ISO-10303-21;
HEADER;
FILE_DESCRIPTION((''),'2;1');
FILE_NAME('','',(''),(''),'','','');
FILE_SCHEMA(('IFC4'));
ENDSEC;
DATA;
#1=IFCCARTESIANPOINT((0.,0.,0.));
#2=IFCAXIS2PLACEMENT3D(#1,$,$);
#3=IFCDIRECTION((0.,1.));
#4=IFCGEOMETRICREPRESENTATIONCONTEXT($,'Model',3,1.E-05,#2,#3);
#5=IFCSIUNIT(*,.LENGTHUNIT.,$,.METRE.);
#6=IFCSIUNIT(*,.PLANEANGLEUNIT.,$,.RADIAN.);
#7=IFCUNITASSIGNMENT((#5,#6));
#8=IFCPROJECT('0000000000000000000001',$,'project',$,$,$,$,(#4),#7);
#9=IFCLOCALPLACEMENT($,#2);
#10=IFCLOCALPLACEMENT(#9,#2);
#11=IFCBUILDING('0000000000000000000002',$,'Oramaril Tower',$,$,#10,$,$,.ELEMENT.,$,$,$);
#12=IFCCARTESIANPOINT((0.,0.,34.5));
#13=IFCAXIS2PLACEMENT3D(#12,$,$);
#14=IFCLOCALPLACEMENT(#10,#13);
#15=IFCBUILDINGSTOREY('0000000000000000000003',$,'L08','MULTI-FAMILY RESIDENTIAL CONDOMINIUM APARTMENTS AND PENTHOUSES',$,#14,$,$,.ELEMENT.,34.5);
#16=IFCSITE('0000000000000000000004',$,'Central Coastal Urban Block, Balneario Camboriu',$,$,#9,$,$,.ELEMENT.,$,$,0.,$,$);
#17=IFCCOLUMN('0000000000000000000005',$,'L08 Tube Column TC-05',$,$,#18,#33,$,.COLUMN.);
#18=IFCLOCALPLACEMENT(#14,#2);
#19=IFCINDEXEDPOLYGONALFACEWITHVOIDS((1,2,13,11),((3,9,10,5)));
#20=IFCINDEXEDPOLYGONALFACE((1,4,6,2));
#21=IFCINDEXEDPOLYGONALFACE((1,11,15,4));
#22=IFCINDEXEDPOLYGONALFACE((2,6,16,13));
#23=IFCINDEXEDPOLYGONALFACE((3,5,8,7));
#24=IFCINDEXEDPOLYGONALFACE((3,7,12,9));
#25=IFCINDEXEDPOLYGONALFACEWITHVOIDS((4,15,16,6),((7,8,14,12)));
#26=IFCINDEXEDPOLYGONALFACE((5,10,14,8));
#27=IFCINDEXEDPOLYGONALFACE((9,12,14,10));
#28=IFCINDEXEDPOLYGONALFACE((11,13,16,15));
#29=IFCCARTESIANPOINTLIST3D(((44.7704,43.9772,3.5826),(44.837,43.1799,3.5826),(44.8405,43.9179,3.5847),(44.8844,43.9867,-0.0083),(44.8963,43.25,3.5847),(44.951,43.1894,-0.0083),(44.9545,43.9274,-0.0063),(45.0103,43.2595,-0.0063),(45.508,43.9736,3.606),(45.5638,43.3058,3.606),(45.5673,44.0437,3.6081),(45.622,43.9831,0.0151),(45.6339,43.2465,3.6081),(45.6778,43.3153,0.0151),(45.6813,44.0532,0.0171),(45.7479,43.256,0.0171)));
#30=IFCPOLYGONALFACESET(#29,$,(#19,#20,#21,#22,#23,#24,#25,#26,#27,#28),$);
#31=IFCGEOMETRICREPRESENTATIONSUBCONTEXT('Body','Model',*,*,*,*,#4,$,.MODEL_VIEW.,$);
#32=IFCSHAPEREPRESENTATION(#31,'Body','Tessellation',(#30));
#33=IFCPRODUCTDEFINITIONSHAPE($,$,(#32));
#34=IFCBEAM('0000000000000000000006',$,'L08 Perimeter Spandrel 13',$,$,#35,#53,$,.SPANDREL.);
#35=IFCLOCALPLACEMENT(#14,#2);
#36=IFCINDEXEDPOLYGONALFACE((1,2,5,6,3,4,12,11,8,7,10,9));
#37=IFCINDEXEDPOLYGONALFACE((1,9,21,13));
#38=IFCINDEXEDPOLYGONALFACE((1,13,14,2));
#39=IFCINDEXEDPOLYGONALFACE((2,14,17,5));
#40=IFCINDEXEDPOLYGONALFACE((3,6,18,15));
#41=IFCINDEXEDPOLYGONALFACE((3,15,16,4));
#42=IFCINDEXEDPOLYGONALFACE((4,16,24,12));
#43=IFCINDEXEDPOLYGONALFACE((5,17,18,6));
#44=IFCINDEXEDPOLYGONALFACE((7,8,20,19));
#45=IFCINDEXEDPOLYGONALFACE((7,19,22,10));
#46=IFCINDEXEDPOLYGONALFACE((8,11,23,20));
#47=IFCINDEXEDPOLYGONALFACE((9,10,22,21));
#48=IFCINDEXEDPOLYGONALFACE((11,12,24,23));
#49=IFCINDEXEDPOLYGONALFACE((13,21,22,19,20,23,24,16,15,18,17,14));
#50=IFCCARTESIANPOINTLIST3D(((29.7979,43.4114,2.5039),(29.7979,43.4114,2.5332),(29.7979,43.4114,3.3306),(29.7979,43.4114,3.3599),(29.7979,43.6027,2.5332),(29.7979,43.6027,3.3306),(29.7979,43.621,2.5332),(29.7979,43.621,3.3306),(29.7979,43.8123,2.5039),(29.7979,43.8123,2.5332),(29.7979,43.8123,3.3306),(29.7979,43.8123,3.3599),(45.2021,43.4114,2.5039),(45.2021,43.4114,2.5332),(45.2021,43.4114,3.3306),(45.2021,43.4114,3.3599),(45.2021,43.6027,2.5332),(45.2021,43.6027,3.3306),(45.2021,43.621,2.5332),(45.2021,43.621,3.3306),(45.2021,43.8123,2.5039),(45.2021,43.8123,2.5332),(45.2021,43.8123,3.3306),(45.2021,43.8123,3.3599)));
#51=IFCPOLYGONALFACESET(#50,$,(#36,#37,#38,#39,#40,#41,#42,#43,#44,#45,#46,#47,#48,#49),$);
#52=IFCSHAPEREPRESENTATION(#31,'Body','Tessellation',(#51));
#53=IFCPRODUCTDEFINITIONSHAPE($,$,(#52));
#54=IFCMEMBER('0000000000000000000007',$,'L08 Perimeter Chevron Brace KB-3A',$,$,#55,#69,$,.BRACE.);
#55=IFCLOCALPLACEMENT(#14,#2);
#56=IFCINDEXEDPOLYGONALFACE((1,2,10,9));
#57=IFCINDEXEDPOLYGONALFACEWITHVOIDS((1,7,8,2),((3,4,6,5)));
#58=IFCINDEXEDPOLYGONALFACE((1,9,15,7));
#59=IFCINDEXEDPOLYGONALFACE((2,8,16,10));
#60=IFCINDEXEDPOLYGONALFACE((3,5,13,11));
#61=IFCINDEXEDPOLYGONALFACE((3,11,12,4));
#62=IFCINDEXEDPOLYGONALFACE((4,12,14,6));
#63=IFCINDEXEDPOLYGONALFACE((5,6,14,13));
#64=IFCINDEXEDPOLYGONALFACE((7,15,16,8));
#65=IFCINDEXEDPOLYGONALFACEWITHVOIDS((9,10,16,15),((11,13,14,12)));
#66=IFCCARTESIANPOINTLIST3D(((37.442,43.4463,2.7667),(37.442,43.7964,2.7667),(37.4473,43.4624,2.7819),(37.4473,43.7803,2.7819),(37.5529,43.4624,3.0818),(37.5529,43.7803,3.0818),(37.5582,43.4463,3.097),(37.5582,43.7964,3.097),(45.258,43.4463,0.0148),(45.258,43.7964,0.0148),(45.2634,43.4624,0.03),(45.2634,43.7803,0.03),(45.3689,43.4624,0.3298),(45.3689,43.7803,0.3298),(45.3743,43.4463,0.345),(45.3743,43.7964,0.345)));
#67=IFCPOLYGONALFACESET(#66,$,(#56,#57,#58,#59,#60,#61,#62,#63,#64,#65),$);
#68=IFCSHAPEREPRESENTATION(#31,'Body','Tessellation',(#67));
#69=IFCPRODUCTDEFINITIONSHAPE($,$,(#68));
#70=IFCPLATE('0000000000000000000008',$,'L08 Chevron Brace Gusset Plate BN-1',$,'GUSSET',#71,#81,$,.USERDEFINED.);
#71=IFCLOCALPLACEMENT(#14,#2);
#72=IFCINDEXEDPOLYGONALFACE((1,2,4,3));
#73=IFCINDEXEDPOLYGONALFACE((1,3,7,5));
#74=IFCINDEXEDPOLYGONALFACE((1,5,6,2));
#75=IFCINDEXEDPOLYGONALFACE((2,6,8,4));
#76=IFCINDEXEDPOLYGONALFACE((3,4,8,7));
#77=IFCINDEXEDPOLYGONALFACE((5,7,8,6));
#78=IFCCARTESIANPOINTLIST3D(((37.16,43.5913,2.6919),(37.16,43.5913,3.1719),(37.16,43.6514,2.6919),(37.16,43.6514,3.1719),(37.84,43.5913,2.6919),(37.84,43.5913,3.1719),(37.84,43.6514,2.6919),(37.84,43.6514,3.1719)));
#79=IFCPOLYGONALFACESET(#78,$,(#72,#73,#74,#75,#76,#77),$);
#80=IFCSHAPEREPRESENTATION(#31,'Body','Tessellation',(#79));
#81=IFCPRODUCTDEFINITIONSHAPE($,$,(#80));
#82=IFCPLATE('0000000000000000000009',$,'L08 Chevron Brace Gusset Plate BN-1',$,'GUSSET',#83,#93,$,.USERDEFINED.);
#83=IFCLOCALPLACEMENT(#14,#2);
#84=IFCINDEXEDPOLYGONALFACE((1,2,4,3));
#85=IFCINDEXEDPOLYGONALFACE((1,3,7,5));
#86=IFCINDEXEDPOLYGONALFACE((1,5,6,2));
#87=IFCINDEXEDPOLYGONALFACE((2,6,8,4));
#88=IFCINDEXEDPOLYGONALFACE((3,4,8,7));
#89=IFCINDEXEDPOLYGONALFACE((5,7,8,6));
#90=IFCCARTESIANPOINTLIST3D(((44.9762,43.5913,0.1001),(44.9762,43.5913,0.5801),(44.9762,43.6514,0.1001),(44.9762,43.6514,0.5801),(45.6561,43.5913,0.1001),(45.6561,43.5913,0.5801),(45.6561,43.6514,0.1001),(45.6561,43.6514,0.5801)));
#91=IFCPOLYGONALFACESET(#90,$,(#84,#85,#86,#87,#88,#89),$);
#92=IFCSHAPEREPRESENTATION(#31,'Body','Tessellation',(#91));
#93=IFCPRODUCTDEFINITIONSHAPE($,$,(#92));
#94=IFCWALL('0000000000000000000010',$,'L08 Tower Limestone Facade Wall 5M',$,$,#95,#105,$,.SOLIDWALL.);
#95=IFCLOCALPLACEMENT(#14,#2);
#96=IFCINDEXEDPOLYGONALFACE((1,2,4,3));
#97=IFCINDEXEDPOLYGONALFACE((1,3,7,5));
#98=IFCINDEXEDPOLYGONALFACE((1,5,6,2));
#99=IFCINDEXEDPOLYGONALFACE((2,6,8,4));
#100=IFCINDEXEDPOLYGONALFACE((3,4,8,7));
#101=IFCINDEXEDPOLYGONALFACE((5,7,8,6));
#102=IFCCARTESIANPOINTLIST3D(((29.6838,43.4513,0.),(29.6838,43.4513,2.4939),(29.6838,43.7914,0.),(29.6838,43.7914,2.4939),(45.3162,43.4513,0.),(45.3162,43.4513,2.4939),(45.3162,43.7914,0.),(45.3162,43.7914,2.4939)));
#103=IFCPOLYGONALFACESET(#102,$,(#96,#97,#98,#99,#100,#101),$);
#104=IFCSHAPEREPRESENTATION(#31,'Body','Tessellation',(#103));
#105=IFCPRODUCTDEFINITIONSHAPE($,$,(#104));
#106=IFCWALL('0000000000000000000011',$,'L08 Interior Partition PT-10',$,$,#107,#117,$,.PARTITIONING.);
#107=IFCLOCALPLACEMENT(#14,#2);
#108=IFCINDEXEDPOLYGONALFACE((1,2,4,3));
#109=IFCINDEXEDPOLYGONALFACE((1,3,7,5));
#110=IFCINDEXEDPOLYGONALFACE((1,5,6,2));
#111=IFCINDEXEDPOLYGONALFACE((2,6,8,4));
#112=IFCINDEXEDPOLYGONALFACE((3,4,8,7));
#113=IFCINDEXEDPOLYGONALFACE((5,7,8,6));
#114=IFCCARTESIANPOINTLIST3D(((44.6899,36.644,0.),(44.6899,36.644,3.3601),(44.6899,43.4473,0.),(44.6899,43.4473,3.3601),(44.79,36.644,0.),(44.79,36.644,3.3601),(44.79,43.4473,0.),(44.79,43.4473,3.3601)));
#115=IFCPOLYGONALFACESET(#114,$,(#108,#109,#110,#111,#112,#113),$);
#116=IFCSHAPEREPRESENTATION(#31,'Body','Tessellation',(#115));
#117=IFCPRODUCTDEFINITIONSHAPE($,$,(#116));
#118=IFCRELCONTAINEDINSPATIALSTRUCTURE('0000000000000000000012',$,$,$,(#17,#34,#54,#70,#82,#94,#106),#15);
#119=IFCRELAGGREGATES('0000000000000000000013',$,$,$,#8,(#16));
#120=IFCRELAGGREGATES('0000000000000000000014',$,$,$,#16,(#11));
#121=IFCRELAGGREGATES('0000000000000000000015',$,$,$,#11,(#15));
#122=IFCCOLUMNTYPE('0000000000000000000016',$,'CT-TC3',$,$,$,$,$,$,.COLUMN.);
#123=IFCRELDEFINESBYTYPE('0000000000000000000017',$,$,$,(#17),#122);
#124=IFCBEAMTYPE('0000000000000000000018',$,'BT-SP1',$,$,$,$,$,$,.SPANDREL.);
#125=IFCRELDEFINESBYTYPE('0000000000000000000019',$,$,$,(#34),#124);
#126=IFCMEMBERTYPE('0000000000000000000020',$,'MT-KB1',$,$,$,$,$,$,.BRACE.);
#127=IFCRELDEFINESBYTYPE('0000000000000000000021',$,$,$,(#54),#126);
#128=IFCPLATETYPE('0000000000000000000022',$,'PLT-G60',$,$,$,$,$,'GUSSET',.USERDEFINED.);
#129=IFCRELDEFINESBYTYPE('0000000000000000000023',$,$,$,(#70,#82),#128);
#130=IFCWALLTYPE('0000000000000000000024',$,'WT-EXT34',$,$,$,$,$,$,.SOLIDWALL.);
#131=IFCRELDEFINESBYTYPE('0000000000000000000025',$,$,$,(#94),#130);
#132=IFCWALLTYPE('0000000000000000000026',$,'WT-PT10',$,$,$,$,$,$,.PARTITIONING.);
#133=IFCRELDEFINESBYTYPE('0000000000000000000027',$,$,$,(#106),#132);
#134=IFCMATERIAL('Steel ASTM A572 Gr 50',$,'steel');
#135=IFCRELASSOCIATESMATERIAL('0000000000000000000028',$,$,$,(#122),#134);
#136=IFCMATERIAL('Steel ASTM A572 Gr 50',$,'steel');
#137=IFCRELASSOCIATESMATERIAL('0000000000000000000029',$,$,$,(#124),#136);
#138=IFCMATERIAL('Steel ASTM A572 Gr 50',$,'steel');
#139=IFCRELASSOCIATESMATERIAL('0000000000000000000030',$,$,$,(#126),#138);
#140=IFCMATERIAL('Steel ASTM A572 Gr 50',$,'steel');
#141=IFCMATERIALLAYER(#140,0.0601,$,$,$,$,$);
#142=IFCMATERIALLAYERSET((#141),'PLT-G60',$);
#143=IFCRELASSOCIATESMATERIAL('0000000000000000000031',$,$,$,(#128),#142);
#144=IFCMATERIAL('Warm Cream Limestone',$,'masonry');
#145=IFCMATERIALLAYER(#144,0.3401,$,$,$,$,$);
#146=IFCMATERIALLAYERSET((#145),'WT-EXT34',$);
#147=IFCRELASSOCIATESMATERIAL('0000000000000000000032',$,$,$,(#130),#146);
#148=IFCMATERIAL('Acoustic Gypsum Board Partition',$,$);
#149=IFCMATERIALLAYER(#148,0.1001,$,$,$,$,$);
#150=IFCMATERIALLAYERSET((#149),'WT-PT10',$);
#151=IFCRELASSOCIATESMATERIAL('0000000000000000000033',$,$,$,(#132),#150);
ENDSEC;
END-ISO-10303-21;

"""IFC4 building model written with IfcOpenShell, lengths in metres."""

from ifc_helpers import new_model, si_unit, direction, frame, frame_2d, origin, origin_2d, place, context, subcontext, project, spatial, rectangle, hollow_rectangle, i_section, extrude, material, layer, layer_set, material_profile, profile_set, type_object, element, save


model = new_model("IFC4")

# Units and contexts
model_context = context("Model", 3, precision=1e-05, world=origin(), true_north=direction((0.0, 1.0)))
body_context = subcontext(model_context, "Body", "Model", "MODEL_VIEW")
ifc_project = project(units=[si_unit("LENGTHUNIT", "METRE"), si_unit("PLANEANGLEUNIT", "RADIAN")], contexts=[model_context])

# Site, building, storey
site_placement = place(None, origin())
site = spatial("IfcSite", under=ifc_project, at=site_placement, Name="Central Coastal Urban Block, Balneario Camboriu", CompositionType="ELEMENT", RefElevation=0.0)
building_placement = place(site_placement, origin())
building = spatial("IfcBuilding", under=site, at=building_placement, Name="Oramaril Tower", CompositionType="ELEMENT")
storey_placement = place(building_placement, frame((0.0, 0.0, 34.5)))
storey = spatial("IfcBuildingStorey", under=building, at=storey_placement, Name="L08", Description="MULTI-FAMILY RESIDENTIAL CONDOMINIUM APARTMENTS AND PENTHOUSES", CompositionType="ELEMENT", Elevation=34.5)

# Column
ifc_material_1 = material(Name="Steel ASTM A572 Gr 50", Category="steel")
ifc_material_profile_1 = material_profile(ifc_material_1, hollow_rectangle(XDim=0.8, YDim=0.8, WallThickness=0.0649, at=origin_2d()), Name="BOX800X800X65")
ifc_profile_set_1 = profile_set([ifc_material_profile_1], Name="Steel ASTM A572 Gr 50")
column_type = type_object("IfcColumnType", Name="CT-TC3", PredefinedType="COLUMN", material=ifc_profile_set_1)
column_placement = place(storey_placement, frame((45.3162, 43.6213, 0.0044), z_axis=(-0.031733, -0.00265, 0.999493), x_axis=(0.083222, -0.996531, 0.0)))
element("IfcColumn", 1, at=column_placement, inside=storey, type_object=column_type, Name="L08 Tube Column TC-05", PredefinedType="COLUMN", context=body_context, shape_type="SweptSolid", body=[
    extrude(hollow_rectangle(XDim=0.8, YDim=0.8, WallThickness=0.0649, at=origin_2d()), origin(), (0.0, 0.0, 1.0), 3.5928),
])

# Beam
ifc_material_2 = material(Name="Steel ASTM A572 Gr 50", Category="steel")
ifc_material_profile_2 = material_profile(ifc_material_2, i_section(OverallWidth=0.4009, OverallDepth=0.856, WebThickness=0.0183, FlangeThickness=0.0293, at=origin_2d()), Name="W33X201")
ifc_profile_set_2 = profile_set([ifc_material_profile_2], Name="Steel ASTM A572 Gr 50")
beam_type = type_object("IfcBeamType", Name="BT-SP1", PredefinedType="SPANDREL", material=ifc_profile_set_2)
beam_placement = place(storey_placement, frame((45.2021, 43.6118, 2.9319), z_axis=(-1.0, 0.0, 0.0), x_axis=(0.0, -1.0, 0.0)))
element("IfcBeam", 2, at=beam_placement, inside=storey, type_object=beam_type, Name="L08 Perimeter Spandrel 13", PredefinedType="SPANDREL", context=body_context, shape_type="SweptSolid", body=[
    extrude(i_section(OverallWidth=0.4009, OverallDepth=0.856, WebThickness=0.0183, FlangeThickness=0.0293, at=origin_2d()), origin(), (0.0, 0.0, 1.0), 15.4043),
])

# Member
ifc_material_3 = material(Name="Steel ASTM A572 Gr 50", Category="steel")
ifc_material_profile_3 = material_profile(ifc_material_3, hollow_rectangle(XDim=0.3501, YDim=0.3501, WallThickness=0.0161, at=origin_2d()), Name="HSS350X350X16")
ifc_profile_set_3 = profile_set([ifc_material_profile_3], Name="Steel ASTM A572 Gr 50")
member_type = type_object("IfcMemberType", Name="MT-KB1", PredefinedType="BRACE", material=ifc_profile_set_3)
member_placement = place(storey_placement, frame((45.3162, 43.6213, 0.1799), z_axis=(-0.943244, 0.0, 0.332102), x_axis=(0.0, -1.0, 0.0)))
element("IfcMember", 3, at=member_placement, inside=storey, type_object=member_type, Name="L08 Perimeter Chevron Brace KB-3A", PredefinedType="BRACE", context=body_context, shape_type="SweptSolid", body=[
    extrude(hollow_rectangle(XDim=0.3501, YDim=0.3501, WallThickness=0.0161, at=origin_2d()), origin(), (0.0, 0.0, 1.0), 8.2864),
])

# Plates
ifc_material_4 = material(Name="Steel ASTM A572 Gr 50", Category="steel")
ifc_layer_1 = layer(ifc_material_4, 0.0601)
ifc_layer_set_1 = layer_set([ifc_layer_1], Name="PLT-G60")
plate_type = type_object("IfcPlateType", Name="PLT-G60", ElementType="GUSSET", PredefinedType="USERDEFINED", material=ifc_layer_set_1)
for number, where, z_axis, x_axis, name in (
    (4, (37.5, 43.6213, 2.6919), (0.0, 0.0, 1.0), (-1.0, 0.0, 0.0), "L08 Chevron Brace Gusset Plate BN-1"),
    (5, (45.3162, 43.6213, 0.1001), (0.0, 0.0, 1.0), (-1.0, 0.0, 0.0), "L08 Chevron Brace Gusset Plate BN-1"),
):
    element("IfcPlate", number, at=place(storey_placement, frame(where, z_axis=z_axis, x_axis=x_axis)), inside=storey, type_object=plate_type, Name=name, ObjectType="GUSSET", PredefinedType="USERDEFINED", context=body_context, shape_type="SweptSolid", body=[
        extrude(rectangle(XDim=0.6799, YDim=0.0601, at=origin_2d()), origin(), (0.0, 0.0, 1.0), 0.48),
    ])

# Walls
ifc_material_5 = material(Name="Warm Cream Limestone", Category="masonry")
ifc_layer_2 = layer(ifc_material_5, 0.3401)
ifc_layer_set_2 = layer_set([ifc_layer_2], Name="WT-EXT34")
wall_type_1 = type_object("IfcWallType", Name="WT-EXT34", PredefinedType="SOLIDWALL", material=ifc_layer_set_2)
wall_1_placement = place(storey_placement, frame((45.3162, 43.6213, 0.0), z_axis=(0.0, 0.0, 1.0), x_axis=(-1.0, 0.0, 0.0)))
element("IfcWall", 6, at=wall_1_placement, inside=storey, type_object=wall_type_1, Name="L08 Tower Limestone Facade Wall 5M", PredefinedType="SOLIDWALL", context=body_context, shape_type="SweptSolid", body=[
    extrude(rectangle(XDim=15.6323, YDim=0.3401, at=frame_2d((7.8162, 0.0))), origin(), (0.0, 0.0, 1.0), 2.4939),
])
ifc_material_6 = material(Name="Acoustic Gypsum Board Partition")
ifc_layer_3 = layer(ifc_material_6, 0.1001)
ifc_layer_set_3 = layer_set([ifc_layer_3], Name="WT-PT10")
wall_type_2 = type_object("IfcWallType", Name="WT-PT10", PredefinedType="PARTITIONING", material=ifc_layer_set_3)
wall_2_placement = place(storey_placement, frame((44.74, 36.644, 0.0), z_axis=(0.0, 0.0, 1.0), x_axis=(0.0, 1.0, 0.0)))
element("IfcWall", 7, at=wall_2_placement, inside=storey, type_object=wall_type_2, Name="L08 Interior Partition PT-10", PredefinedType="PARTITIONING", context=body_context, shape_type="SweptSolid", body=[
    extrude(rectangle(XDim=6.8032, YDim=0.1001, at=frame_2d((3.4016, 0.0))), origin(), (0.0, 0.0, 1.0), 3.3601),
])

save(model, "model.ifc")
